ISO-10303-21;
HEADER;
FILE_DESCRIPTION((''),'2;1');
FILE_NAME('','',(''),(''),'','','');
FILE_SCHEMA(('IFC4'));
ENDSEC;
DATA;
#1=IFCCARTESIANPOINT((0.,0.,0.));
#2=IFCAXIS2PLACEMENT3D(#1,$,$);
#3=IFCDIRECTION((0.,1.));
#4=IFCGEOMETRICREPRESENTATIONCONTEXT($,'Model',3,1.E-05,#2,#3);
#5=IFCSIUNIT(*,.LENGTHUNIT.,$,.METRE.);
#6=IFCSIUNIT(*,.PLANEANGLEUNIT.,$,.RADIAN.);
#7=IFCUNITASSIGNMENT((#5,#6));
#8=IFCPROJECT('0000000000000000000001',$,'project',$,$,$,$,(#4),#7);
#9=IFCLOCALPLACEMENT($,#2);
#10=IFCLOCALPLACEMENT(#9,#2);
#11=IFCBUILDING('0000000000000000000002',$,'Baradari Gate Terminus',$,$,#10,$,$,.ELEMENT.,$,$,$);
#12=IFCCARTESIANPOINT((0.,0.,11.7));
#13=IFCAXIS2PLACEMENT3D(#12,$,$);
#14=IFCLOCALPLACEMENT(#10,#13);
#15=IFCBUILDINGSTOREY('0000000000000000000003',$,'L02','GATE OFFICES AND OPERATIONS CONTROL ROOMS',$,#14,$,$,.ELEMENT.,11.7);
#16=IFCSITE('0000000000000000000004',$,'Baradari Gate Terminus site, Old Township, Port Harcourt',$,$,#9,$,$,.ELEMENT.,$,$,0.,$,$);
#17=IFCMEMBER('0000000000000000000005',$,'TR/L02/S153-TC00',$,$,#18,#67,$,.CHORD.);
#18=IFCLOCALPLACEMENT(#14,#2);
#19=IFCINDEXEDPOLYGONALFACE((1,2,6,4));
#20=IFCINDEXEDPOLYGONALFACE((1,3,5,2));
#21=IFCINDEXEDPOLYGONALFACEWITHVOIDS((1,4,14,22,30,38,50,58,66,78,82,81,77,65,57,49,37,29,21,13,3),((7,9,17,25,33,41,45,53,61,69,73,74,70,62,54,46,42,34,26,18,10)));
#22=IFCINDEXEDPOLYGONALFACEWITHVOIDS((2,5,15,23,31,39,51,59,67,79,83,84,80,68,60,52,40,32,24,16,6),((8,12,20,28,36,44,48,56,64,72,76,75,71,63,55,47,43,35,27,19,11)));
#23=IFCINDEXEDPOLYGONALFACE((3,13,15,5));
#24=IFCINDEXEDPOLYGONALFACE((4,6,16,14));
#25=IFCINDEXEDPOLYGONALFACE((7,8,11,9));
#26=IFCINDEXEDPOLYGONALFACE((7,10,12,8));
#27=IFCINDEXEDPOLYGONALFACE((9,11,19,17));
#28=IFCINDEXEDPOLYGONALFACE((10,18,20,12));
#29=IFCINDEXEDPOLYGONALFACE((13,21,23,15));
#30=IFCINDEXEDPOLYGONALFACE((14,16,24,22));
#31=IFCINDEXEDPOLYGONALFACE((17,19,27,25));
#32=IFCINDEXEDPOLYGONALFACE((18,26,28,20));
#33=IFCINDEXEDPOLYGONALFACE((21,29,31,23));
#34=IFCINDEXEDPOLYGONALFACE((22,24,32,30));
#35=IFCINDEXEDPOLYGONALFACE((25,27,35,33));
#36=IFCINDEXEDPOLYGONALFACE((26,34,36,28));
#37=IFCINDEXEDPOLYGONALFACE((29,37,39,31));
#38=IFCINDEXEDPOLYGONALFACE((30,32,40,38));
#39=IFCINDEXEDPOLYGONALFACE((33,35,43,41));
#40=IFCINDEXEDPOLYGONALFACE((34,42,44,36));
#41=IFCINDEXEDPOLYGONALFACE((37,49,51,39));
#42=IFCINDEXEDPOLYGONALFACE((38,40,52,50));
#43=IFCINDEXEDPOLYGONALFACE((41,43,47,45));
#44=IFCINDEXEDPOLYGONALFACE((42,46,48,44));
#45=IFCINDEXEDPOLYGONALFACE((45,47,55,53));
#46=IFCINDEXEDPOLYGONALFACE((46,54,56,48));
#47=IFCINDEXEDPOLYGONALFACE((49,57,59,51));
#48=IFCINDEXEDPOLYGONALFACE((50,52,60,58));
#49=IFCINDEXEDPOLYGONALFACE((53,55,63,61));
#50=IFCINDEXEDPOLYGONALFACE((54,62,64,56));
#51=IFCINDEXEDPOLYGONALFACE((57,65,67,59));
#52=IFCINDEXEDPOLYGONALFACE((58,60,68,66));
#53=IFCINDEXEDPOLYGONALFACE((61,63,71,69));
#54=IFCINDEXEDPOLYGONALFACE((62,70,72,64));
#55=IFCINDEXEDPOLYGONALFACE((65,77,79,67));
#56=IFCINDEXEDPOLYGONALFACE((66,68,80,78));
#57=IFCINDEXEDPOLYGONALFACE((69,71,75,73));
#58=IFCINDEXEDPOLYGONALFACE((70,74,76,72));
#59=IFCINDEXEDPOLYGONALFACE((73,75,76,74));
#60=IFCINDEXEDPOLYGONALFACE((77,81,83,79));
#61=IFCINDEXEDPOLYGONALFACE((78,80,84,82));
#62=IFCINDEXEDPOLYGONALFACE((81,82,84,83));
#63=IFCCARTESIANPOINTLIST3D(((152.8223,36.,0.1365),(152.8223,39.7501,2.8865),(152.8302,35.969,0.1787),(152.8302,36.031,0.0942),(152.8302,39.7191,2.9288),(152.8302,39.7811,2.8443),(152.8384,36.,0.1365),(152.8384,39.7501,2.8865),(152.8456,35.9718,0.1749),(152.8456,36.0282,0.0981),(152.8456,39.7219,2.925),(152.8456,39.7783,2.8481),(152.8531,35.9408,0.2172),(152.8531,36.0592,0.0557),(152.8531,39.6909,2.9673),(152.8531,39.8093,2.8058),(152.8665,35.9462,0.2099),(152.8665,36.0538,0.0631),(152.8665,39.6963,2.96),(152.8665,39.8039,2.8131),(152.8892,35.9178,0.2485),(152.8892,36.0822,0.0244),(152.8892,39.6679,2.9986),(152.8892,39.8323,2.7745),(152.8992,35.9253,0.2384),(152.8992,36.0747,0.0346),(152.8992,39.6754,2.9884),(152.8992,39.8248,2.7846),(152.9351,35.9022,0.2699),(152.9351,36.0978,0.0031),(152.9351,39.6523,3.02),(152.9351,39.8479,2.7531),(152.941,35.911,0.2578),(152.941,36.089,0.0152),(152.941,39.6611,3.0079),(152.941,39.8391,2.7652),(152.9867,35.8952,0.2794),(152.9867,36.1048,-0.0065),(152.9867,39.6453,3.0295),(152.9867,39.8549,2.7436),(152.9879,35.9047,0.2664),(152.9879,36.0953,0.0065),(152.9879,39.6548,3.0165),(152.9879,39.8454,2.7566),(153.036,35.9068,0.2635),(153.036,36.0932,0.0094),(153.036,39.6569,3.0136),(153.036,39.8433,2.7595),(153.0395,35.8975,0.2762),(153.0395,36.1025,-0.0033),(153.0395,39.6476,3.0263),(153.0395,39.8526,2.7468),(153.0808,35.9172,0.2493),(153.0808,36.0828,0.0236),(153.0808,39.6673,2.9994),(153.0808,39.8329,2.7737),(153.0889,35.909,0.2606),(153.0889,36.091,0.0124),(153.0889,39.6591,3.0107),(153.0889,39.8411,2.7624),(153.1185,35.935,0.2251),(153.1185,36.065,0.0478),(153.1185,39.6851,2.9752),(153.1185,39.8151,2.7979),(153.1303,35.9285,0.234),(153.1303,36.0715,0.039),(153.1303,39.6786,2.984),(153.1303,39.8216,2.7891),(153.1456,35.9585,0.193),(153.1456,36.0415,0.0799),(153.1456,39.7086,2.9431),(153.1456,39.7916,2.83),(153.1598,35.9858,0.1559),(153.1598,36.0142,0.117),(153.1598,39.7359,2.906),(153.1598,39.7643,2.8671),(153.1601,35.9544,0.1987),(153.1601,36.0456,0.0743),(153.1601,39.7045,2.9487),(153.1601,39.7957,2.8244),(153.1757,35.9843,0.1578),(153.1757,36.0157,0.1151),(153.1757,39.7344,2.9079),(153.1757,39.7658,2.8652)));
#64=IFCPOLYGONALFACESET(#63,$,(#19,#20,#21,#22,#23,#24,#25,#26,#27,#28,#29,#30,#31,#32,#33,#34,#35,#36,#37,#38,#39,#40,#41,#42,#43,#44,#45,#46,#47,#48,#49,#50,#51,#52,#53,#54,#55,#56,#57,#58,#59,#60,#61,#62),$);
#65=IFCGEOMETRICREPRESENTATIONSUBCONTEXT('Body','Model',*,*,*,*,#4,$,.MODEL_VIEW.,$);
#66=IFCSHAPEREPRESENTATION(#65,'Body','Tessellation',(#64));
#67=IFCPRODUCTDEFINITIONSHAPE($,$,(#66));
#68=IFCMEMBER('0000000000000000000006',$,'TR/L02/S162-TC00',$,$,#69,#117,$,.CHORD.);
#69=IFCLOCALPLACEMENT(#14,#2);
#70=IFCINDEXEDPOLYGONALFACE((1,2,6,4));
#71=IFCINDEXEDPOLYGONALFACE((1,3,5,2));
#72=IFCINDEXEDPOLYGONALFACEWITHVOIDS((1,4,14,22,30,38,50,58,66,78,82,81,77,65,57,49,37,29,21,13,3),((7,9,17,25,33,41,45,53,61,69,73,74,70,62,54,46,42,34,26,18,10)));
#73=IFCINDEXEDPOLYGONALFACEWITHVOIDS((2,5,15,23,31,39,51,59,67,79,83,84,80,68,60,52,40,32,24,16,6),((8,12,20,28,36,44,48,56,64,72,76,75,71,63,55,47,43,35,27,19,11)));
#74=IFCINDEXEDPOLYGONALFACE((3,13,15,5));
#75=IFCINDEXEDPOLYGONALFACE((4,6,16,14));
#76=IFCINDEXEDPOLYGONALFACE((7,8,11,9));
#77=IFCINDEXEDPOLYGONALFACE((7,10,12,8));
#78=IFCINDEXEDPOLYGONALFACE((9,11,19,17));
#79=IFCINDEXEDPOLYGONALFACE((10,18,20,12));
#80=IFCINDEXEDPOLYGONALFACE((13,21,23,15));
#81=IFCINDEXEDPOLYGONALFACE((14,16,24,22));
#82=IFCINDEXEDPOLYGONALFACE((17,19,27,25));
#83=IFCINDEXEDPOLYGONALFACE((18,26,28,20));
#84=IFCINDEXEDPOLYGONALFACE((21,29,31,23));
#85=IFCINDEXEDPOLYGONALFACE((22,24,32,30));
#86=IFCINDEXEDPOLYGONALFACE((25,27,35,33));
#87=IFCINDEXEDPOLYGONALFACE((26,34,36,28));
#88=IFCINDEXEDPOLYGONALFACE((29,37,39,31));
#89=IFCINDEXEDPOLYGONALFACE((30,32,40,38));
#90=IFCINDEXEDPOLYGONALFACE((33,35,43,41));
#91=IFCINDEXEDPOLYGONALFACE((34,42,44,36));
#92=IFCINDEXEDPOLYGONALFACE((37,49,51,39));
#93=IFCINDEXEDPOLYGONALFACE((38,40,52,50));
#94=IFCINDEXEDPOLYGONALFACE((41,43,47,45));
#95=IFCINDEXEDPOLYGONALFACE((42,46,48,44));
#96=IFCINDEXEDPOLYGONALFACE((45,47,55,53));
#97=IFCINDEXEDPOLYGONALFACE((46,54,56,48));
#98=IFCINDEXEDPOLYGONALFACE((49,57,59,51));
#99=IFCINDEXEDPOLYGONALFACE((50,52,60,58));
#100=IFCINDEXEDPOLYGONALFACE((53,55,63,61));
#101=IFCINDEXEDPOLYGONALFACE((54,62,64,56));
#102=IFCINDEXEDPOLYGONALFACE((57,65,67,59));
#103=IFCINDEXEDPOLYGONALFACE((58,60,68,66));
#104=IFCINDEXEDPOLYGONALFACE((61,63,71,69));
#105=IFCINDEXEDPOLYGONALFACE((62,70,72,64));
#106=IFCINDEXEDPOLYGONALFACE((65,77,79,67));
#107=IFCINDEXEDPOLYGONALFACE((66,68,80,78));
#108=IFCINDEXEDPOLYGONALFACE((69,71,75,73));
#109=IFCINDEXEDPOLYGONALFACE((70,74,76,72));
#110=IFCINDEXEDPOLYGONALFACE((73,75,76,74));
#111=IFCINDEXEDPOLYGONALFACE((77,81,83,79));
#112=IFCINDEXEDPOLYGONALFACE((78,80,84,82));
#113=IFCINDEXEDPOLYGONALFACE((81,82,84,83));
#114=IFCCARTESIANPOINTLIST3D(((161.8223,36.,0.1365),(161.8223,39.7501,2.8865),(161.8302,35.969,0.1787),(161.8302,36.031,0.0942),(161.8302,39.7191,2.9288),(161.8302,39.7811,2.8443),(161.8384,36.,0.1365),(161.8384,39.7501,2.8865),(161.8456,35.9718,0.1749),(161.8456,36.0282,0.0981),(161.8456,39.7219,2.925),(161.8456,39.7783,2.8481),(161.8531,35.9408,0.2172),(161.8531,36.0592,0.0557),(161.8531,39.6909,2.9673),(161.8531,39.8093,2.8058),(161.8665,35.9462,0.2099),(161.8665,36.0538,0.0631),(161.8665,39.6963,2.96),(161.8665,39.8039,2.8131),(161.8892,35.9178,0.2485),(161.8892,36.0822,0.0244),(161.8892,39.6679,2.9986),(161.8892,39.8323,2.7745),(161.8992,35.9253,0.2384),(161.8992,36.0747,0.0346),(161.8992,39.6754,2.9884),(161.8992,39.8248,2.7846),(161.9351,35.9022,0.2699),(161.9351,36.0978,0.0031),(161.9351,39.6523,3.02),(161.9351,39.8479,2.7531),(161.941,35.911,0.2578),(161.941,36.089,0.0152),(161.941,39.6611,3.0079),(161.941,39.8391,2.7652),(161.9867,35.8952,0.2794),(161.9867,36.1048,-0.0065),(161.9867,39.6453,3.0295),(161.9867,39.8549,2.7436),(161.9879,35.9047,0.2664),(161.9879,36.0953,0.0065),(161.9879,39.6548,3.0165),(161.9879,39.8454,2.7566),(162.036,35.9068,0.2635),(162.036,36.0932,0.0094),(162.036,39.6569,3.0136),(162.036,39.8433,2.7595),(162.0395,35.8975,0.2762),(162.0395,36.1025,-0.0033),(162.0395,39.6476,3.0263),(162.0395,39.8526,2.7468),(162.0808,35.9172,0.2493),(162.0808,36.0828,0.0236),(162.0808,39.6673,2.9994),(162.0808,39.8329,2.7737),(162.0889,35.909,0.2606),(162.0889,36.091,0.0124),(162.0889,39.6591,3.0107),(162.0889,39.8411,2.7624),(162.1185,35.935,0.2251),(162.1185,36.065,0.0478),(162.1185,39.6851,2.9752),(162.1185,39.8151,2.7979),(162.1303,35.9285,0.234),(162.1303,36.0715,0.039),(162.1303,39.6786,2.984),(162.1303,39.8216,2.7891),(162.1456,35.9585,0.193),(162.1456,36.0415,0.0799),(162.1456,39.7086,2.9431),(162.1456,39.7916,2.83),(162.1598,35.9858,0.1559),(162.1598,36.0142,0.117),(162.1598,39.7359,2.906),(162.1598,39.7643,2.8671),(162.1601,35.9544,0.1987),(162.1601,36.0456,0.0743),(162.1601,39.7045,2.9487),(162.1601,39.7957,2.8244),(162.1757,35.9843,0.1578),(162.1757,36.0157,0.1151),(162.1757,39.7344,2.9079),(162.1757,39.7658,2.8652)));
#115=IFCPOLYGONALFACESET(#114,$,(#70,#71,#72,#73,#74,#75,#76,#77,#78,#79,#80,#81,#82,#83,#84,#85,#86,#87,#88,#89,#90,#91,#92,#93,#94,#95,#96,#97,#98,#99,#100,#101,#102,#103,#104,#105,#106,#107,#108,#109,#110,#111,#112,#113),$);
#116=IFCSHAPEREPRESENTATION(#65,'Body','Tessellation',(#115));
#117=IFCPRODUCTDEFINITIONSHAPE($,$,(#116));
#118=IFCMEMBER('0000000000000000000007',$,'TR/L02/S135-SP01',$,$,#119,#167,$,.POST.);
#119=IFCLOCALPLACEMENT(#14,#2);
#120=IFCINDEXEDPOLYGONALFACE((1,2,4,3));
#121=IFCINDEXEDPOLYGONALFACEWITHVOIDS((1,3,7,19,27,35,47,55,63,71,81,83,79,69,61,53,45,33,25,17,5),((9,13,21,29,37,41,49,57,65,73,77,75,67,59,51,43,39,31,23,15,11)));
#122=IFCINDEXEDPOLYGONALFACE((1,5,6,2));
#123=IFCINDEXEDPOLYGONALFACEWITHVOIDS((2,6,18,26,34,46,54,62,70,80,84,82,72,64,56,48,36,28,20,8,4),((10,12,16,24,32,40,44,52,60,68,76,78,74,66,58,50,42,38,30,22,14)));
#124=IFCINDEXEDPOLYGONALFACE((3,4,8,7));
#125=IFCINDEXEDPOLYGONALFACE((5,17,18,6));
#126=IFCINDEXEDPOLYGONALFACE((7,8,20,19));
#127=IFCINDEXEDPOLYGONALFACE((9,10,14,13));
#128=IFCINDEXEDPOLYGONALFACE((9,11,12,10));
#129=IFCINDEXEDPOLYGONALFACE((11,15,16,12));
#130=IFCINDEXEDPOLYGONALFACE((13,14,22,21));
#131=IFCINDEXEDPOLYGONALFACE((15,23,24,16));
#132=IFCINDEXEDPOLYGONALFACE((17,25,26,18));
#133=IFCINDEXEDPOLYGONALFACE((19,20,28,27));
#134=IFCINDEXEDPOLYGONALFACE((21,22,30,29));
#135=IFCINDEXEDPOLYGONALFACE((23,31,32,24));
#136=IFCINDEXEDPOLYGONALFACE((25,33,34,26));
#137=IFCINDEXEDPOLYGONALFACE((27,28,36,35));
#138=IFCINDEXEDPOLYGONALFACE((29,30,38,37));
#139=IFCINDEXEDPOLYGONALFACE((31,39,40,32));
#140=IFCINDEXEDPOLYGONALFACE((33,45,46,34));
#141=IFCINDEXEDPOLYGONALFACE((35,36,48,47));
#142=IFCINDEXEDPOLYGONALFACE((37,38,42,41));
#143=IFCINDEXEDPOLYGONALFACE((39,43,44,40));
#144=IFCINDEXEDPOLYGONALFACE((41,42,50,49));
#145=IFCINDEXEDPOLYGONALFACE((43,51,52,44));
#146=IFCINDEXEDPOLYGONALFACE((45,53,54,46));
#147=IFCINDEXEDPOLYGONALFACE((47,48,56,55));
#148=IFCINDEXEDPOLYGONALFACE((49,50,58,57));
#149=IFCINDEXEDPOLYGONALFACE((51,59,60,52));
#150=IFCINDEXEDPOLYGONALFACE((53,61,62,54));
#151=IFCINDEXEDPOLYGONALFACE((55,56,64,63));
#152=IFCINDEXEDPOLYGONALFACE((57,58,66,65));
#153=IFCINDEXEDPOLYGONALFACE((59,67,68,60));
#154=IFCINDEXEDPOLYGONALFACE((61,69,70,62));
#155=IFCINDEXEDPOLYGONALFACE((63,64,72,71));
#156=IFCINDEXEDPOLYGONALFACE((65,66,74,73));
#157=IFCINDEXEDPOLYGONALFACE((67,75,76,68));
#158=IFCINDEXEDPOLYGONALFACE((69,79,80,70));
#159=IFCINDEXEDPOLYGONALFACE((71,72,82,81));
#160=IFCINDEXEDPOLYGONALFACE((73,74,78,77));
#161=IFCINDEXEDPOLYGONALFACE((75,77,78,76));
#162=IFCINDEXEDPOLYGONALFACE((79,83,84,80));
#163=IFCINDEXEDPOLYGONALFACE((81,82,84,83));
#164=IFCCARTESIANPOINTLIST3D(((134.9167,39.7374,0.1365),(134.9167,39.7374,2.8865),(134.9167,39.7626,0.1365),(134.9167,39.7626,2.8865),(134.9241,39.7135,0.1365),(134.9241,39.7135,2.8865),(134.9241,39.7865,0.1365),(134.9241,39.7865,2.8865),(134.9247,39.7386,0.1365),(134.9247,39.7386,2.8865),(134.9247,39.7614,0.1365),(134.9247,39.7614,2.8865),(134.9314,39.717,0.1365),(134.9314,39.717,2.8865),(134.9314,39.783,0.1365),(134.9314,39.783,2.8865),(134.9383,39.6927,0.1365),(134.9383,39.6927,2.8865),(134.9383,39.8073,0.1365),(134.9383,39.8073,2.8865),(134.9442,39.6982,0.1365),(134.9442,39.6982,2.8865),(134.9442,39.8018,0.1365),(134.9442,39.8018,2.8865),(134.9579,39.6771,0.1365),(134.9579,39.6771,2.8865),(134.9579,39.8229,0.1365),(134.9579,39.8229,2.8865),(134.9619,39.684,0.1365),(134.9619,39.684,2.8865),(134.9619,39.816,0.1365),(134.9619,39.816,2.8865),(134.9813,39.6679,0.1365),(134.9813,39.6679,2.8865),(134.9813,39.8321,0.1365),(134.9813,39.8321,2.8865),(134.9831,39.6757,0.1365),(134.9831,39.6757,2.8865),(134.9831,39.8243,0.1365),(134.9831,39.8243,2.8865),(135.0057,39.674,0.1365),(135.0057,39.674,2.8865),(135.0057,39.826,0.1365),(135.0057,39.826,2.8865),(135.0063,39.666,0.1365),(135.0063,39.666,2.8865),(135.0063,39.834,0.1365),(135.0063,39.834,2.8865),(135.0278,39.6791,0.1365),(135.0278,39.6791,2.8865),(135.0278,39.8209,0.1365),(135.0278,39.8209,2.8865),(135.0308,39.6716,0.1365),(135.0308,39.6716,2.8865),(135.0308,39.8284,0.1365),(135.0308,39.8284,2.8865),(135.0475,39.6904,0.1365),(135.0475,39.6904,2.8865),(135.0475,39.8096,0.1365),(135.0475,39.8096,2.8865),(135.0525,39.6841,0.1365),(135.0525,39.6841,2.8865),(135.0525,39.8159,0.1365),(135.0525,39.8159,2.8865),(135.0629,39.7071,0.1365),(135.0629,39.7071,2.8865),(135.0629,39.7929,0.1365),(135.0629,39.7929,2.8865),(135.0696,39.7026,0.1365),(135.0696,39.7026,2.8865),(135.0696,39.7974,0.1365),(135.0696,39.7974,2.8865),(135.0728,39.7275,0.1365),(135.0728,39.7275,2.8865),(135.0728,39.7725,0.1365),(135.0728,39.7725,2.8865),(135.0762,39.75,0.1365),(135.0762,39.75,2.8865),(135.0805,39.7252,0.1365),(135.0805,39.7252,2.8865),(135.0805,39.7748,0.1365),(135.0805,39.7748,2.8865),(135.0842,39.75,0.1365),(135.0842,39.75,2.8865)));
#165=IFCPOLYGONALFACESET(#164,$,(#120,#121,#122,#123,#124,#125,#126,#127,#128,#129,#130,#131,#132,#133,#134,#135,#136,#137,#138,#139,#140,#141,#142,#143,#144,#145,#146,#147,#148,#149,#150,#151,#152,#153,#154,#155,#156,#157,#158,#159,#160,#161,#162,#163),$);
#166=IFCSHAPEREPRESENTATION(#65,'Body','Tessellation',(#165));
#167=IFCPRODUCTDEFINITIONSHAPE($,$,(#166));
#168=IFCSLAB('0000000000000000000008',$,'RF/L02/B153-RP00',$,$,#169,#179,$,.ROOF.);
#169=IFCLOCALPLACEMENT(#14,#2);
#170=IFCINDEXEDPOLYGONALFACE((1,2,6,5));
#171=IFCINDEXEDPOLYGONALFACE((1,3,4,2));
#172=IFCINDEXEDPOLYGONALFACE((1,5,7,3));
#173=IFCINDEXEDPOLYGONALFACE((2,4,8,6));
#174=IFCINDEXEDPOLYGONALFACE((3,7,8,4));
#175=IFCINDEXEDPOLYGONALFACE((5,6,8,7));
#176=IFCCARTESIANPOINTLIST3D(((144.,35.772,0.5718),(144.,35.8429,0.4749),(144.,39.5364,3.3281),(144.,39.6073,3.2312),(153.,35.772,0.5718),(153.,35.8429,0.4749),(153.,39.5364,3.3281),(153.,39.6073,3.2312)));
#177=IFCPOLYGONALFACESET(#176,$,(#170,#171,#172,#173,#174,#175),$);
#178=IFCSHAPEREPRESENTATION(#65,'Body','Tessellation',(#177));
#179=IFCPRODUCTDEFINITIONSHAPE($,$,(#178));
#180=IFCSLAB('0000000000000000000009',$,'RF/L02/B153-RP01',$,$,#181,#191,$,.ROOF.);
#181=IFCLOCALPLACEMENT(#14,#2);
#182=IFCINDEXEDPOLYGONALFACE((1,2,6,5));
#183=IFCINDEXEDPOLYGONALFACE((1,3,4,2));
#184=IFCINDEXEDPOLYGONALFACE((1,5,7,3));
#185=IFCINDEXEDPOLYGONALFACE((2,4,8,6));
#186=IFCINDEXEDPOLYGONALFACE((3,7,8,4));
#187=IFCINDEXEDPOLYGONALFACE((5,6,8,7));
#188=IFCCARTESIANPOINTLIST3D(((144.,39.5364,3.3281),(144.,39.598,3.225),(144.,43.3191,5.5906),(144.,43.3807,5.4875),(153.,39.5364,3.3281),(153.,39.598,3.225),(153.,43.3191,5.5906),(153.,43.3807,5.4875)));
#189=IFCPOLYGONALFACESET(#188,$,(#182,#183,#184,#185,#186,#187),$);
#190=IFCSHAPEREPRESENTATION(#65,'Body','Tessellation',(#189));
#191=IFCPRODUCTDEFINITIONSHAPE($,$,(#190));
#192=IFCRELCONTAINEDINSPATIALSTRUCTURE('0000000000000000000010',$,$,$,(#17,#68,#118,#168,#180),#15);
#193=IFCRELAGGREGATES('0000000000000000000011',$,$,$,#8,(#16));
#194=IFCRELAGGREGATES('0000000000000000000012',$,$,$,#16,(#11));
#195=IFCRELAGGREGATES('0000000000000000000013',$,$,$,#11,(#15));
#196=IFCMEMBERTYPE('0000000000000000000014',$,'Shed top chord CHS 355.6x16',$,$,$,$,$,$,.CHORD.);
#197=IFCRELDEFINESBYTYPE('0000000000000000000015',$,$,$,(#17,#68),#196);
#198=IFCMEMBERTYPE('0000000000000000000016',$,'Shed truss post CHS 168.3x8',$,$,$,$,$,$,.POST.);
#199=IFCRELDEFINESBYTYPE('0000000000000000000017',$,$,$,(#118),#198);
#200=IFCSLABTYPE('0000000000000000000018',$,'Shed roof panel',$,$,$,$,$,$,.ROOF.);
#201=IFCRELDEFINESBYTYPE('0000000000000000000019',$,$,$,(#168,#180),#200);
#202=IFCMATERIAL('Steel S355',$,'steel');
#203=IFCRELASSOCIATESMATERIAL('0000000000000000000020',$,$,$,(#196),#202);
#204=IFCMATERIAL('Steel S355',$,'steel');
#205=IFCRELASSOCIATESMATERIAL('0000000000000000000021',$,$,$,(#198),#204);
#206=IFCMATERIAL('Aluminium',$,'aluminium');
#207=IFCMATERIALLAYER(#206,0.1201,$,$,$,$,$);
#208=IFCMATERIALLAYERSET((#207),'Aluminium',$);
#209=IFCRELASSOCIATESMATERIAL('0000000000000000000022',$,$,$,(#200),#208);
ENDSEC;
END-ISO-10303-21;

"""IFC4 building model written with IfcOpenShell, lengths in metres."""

from ifc_helpers import new_model, si_unit, direction, frame, origin, origin_2d, place, context, subcontext, project, spatial, polyline, hollow_circle, outline, extrude, material, layer, layer_set, material_profile, profile_set, type_object, element, save


model = new_model("IFC4")

# Units and contexts
model_context = context("Model", 3, precision=1e-05, world=origin(), true_north=direction((0.0, 1.0)))
body_context = subcontext(model_context, "Body", "Model", "MODEL_VIEW")
ifc_project = project(units=[si_unit("LENGTHUNIT", "METRE"), si_unit("PLANEANGLEUNIT", "RADIAN")], contexts=[model_context])

# Site, building, storey
site_placement = place(None, origin())
site = spatial("IfcSite", under=ifc_project, at=site_placement, Name="Baradari Gate Terminus site, Old Township, Port Harcourt", CompositionType="ELEMENT", RefElevation=0.0)
building_placement = place(site_placement, origin())
building = spatial("IfcBuilding", under=site, at=building_placement, Name="Baradari Gate Terminus", CompositionType="ELEMENT")
storey_placement = place(building_placement, frame((0.0, 0.0, 11.7)))
storey = spatial("IfcBuildingStorey", under=building, at=storey_placement, Name="L02", Description="GATE OFFICES AND OPERATIONS CONTROL ROOMS", CompositionType="ELEMENT", Elevation=11.7)

# Members
ifc_material_1 = material(Name="Steel S355", Category="steel")
ifc_material_profile_1 = material_profile(ifc_material_1, hollow_circle(Radius=0.1777, WallThickness=0.0161, at=origin_2d()), Name="CHS 355.6x16")
ifc_profile_set_1 = profile_set([ifc_material_profile_1], Name="Steel S355")
member_type_1 = type_object("IfcMemberType", Name="Shed top chord CHS 355.6x16", PredefinedType="CHORD", material=ifc_profile_set_1)
for number, where, z_axis, x_axis, name in (
    (1, (153.0, 36.0, 0.1365), (0.0, 0.806405, 0.591364), (-1.0, 0.0, 0.0), "TR/L02/S153-TC00"),
    (2, (162.0, 36.0, 0.1365), (0.0, 0.806405, 0.591364), (-1.0, 0.0, 0.0), "TR/L02/S162-TC00"),
):
    element("IfcMember", number, at=place(storey_placement, frame(where, z_axis=z_axis, x_axis=x_axis)), inside=storey, type_object=member_type_1, Name=name, PredefinedType="CHORD", context=body_context, shape_type="SweptSolid", body=[
        extrude(hollow_circle(Radius=0.1777, WallThickness=0.0161, at=origin_2d()), origin(), (0.0, 0.0, 1.0), 4.6504),
    ])
ifc_material_2 = material(Name="Steel S355", Category="steel")
ifc_material_profile_2 = material_profile(ifc_material_2, hollow_circle(Radius=0.0842, WallThickness=0.0081, at=origin_2d()), Name="CHS 168.3x8")
ifc_profile_set_2 = profile_set([ifc_material_profile_2], Name="Steel S355")
member_type_2 = type_object("IfcMemberType", Name="Shed truss post CHS 168.3x8", PredefinedType="POST", material=ifc_profile_set_2)
member_1_placement = place(storey_placement, frame((135.0, 39.75, 0.1365), z_axis=(0.0, 0.0, 1.0), x_axis=(1.0, 0.0, 0.0)))
element("IfcMember", 3, at=member_1_placement, inside=storey, type_object=member_type_2, Name="TR/L02/S135-SP01", PredefinedType="POST", context=body_context, shape_type="SweptSolid", body=[
    extrude(hollow_circle(Radius=0.0842, WallThickness=0.0081, at=origin_2d()), origin(), (0.0, 0.0, 1.0), 2.75),
])

# Slabs
ifc_material_3 = material(Name="Aluminium", Category="aluminium")
ifc_layer_1 = layer(ifc_material_3, 0.1201)
ifc_layer_set_1 = layer_set([ifc_layer_1], Name="Aluminium")
slab_type = type_object("IfcSlabType", Name="Shed roof panel", PredefinedType="ROOF", material=ifc_layer_set_1)
slab_1_placement = place(storey_placement, frame((144.0, 35.772, 0.5718), z_axis=(0.0, -0.590776, 0.806836), x_axis=(1.0, 0.0, 0.0)))
element("IfcSlab", 4, at=slab_1_placement, inside=storey, type_object=slab_type, Name="RF/L02/B153-RP00", PredefinedType="ROOF", context=body_context, shape_type="SweptSolid", body=[
    extrude(outline(polyline([(0.0, 0.0), (9.0, 0.0), (9.0, 4.6656), (0.0, 4.6656), (0.0, 0.0)])), origin(), (0.0, 0.0, -1.0), 0.1201),
])
slab_2_placement = place(storey_placement, frame((144.0, 39.5364, 3.3281), z_axis=(0.0, -0.513298, 0.858211), x_axis=(1.0, 0.0, 0.0)))
element("IfcSlab", 5, at=slab_2_placement, inside=storey, type_object=slab_type, Name="RF/L02/B153-RP01", PredefinedType="ROOF", context=body_context, shape_type="SweptSolid", body=[
    extrude(outline(polyline([(0.0, 0.0), (9.0, 0.0), (9.0, 4.4077), (0.0, 4.4077), (0.0, 0.0)])), origin(), (0.0, 0.0, -1.0), 0.1201),
])

save(model, "model.ifc")
